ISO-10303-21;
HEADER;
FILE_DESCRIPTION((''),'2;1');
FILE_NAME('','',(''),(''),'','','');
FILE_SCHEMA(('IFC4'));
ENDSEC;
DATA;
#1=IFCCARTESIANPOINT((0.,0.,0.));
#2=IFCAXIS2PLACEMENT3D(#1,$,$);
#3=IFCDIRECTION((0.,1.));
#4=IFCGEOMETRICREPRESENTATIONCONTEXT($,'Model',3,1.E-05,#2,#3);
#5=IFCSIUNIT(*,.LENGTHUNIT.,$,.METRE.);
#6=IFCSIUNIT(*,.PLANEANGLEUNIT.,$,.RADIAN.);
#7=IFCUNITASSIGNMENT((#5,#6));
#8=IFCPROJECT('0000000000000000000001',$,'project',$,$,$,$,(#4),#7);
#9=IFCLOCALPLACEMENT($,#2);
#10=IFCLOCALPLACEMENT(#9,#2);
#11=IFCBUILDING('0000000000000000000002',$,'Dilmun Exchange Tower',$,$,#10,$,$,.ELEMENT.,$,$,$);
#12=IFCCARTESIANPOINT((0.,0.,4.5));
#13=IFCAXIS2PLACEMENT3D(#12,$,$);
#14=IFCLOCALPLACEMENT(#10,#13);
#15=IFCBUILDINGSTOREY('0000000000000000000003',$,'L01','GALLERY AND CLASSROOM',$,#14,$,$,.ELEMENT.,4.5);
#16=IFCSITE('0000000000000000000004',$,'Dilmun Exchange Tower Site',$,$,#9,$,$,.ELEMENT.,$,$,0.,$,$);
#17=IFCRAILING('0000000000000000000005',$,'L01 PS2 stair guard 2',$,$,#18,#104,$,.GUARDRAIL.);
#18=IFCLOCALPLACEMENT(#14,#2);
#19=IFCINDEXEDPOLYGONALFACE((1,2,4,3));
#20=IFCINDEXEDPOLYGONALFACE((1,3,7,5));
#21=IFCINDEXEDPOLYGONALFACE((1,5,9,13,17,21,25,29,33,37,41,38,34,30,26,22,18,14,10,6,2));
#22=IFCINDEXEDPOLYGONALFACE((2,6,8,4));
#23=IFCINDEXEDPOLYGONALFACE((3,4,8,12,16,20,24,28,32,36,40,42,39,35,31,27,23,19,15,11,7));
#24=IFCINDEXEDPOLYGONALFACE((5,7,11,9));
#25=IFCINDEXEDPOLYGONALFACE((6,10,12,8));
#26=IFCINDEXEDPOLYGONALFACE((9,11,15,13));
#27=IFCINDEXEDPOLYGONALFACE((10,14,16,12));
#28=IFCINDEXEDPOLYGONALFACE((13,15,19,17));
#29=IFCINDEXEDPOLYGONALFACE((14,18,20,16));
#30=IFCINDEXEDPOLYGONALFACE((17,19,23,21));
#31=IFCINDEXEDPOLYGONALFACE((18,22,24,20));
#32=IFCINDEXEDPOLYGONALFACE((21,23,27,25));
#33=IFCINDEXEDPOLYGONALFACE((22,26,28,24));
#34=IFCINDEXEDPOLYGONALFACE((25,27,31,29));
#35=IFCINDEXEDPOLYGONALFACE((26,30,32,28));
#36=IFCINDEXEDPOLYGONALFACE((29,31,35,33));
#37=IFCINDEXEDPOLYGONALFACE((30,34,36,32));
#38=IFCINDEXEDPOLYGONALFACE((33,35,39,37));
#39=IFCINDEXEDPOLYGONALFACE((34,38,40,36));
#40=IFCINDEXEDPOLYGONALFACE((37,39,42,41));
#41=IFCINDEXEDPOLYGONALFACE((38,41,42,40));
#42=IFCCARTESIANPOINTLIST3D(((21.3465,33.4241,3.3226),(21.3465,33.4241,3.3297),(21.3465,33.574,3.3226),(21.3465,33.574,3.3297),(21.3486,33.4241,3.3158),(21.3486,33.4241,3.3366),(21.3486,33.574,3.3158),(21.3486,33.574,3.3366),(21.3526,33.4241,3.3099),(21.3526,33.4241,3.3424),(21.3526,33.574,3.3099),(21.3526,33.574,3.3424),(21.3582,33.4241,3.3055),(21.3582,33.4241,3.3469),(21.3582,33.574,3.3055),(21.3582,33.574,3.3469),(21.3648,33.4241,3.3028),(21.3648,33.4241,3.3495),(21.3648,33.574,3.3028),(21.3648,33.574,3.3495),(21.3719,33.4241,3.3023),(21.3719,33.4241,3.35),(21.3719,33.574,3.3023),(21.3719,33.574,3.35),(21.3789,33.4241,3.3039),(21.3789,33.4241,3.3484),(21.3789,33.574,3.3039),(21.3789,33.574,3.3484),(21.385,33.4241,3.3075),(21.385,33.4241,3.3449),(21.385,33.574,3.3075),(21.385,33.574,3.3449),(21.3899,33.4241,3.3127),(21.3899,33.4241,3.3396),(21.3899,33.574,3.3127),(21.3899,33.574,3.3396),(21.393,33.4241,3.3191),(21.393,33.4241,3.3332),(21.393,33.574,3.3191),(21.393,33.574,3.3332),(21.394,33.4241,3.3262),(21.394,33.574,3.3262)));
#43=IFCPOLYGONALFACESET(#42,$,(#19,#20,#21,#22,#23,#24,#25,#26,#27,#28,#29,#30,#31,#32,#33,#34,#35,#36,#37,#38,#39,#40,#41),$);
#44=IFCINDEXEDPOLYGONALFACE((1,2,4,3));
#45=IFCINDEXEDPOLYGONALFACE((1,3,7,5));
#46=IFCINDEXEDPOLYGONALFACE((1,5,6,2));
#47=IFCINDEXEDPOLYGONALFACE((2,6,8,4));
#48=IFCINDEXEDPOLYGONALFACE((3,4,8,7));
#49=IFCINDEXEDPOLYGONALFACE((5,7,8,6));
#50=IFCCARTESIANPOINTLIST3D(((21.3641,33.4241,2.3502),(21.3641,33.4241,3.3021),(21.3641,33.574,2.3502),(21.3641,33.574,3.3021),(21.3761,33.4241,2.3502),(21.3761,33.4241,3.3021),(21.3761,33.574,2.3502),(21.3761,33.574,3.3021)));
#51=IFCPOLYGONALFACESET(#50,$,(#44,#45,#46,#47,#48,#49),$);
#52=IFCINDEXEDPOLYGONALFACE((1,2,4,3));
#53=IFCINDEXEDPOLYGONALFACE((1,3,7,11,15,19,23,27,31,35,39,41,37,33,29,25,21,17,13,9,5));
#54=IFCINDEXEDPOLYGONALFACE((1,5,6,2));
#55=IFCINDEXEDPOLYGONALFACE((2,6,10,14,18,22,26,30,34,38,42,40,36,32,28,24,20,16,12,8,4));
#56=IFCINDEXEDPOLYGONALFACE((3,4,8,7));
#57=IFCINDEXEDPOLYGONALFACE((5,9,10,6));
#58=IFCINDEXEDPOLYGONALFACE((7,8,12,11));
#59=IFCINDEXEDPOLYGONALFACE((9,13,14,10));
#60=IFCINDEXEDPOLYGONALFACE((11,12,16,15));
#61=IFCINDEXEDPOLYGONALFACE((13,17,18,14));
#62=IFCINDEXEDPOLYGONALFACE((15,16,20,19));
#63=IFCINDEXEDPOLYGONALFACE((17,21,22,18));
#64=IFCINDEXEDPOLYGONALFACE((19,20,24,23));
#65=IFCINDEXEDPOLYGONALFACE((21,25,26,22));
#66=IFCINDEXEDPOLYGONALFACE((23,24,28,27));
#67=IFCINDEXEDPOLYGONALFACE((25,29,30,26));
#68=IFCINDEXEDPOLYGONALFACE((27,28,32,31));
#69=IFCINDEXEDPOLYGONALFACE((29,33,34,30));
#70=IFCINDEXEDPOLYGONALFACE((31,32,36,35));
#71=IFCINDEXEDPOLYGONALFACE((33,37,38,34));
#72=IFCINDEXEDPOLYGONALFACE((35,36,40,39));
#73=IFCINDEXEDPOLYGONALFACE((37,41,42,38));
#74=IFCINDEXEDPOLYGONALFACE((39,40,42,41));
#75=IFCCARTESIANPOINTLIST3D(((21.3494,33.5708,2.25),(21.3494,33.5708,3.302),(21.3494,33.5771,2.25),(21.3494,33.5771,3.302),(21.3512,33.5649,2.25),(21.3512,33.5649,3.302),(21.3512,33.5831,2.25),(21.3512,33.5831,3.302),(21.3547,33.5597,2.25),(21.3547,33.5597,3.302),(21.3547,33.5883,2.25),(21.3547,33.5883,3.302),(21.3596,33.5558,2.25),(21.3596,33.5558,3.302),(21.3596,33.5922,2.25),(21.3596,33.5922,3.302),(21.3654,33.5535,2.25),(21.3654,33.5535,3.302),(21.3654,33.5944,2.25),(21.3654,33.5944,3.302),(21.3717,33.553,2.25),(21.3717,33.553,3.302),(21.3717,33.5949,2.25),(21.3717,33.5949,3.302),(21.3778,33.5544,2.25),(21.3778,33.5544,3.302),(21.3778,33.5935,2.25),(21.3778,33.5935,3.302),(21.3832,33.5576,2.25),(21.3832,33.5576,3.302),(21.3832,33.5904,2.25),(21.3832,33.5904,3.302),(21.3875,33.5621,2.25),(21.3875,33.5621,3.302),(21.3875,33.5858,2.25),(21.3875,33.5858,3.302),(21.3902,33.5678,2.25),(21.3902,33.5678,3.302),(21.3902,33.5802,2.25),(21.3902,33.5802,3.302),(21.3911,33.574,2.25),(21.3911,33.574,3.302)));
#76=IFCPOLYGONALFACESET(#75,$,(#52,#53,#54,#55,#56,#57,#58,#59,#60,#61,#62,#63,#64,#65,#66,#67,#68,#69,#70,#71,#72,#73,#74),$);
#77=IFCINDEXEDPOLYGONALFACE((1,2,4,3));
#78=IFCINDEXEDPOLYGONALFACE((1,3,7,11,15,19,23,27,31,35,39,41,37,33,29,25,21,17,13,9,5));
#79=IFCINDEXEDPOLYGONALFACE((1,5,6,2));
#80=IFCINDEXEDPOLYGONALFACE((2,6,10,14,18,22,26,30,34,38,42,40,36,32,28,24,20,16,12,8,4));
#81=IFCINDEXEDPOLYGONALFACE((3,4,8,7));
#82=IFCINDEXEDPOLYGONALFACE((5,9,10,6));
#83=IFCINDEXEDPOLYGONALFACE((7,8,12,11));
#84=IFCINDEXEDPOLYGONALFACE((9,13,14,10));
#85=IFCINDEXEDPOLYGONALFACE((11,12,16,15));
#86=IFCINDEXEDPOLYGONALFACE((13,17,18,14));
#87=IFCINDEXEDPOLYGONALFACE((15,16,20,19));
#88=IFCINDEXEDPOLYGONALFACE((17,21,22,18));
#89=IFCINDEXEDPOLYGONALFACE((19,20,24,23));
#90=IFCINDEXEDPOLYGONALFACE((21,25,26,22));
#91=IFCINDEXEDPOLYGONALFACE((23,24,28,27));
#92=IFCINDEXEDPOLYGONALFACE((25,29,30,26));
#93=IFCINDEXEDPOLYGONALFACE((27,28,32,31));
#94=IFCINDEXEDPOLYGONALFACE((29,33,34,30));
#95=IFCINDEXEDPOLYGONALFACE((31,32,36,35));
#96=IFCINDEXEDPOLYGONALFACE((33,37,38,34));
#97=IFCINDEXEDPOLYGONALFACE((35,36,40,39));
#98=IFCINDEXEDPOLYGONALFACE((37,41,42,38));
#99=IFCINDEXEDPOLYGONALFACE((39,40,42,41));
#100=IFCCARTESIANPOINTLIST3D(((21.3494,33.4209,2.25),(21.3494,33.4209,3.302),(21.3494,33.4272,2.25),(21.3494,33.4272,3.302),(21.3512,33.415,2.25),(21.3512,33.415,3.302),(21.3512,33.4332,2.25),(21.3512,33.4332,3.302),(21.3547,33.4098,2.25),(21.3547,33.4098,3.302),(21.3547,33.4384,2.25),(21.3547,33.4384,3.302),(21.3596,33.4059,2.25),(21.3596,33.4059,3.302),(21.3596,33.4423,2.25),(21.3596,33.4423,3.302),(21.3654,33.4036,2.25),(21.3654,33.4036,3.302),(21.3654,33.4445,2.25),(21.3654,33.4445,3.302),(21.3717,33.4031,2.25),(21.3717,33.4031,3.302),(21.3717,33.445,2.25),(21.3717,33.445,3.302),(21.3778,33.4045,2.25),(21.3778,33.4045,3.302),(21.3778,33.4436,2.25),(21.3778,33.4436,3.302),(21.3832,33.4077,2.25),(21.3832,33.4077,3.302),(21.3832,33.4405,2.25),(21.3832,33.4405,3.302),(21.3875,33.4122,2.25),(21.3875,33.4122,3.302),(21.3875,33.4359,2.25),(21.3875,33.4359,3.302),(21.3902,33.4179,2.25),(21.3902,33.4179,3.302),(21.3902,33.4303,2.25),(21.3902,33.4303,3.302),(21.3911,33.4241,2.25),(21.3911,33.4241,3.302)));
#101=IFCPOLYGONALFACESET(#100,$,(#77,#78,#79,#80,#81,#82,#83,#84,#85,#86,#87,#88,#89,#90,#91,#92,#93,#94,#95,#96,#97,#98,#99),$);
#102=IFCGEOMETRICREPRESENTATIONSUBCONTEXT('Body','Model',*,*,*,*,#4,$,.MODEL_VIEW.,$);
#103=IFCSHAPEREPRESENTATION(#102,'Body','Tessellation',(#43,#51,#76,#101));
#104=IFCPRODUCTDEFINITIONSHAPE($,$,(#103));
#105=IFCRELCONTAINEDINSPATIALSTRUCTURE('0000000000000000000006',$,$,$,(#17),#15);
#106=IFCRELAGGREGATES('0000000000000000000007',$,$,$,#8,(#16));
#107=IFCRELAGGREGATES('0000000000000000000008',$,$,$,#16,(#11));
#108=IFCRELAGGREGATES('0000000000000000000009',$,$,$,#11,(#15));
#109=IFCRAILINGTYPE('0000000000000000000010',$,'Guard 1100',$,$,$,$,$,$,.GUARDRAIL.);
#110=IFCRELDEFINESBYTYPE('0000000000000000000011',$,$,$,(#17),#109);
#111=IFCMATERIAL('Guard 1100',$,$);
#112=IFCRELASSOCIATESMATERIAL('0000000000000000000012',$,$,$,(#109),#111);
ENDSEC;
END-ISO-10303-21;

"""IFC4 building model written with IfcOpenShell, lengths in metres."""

from ifc_helpers import new_model, si_unit, direction, frame, origin, origin_2d, place, context, subcontext, project, spatial, rectangle, circle, extrude, material, type_object, element, save


model = new_model("IFC4")

# Units and contexts
model_context = context("Model", 3, precision=1e-05, world=origin(), true_north=direction((0.0, 1.0)))
body_context = subcontext(model_context, "Body", "Model", "MODEL_VIEW")
ifc_project = project(units=[si_unit("LENGTHUNIT", "METRE"), si_unit("PLANEANGLEUNIT", "RADIAN")], contexts=[model_context])

# Site, building, storey
site_placement = place(None, origin())
site = spatial("IfcSite", under=ifc_project, at=site_placement, Name="Dilmun Exchange Tower Site", CompositionType="ELEMENT", RefElevation=0.0)
building_placement = place(site_placement, origin())
building = spatial("IfcBuilding", under=site, at=building_placement, Name="Dilmun Exchange Tower", CompositionType="ELEMENT")
storey_placement = place(building_placement, frame((0.0, 0.0, 4.5)))
storey = spatial("IfcBuildingStorey", under=building, at=storey_placement, Name="L01", Description="GALLERY AND CLASSROOM", CompositionType="ELEMENT", Elevation=4.5)

# Railing
ifc_material_1 = material(Name="Guard 1100")
railing_type_1 = type_object("IfcRailingType", Name="Guard 1100", PredefinedType="GUARDRAIL", material=ifc_material_1)
railing_1_placement = place(storey_placement, frame((21.3701, 33.574, 2.25)))
element("IfcRailing", 1, at=railing_1_placement, inside=storey, type_object=railing_type_1, Name="L01 PS2 stair guard 2", PredefinedType="GUARDRAIL", context=body_context, shape_type="SweptSolid", body=[
    extrude(circle(Radius=0.0239, at=origin_2d()), frame((0.0, 0.0, 1.0762), z_axis=(0.0, -1.0, 0.0), x_axis=(1.0, 0.0, 0.0)), (0.0, 0.0, 1.0), 0.1499),
    extrude(rectangle(XDim=0.012, YDim=0.9519, at=origin_2d()), frame((0.0, 0.0, 0.5762), z_axis=(0.0, -1.0, 0.0), x_axis=(1.0, 0.0, 0.0)), (0.0, 0.0, 1.0), 0.1499),
    extrude(circle(Radius=0.021, at=origin_2d()), origin(), (0.0, 0.0, 1.0), 1.052),
    extrude(circle(Radius=0.021, at=origin_2d()), frame((0.0, -0.1499, 0.0)), (0.0, 0.0, 1.0), 1.052),
])

save(model, "model.ifc")
